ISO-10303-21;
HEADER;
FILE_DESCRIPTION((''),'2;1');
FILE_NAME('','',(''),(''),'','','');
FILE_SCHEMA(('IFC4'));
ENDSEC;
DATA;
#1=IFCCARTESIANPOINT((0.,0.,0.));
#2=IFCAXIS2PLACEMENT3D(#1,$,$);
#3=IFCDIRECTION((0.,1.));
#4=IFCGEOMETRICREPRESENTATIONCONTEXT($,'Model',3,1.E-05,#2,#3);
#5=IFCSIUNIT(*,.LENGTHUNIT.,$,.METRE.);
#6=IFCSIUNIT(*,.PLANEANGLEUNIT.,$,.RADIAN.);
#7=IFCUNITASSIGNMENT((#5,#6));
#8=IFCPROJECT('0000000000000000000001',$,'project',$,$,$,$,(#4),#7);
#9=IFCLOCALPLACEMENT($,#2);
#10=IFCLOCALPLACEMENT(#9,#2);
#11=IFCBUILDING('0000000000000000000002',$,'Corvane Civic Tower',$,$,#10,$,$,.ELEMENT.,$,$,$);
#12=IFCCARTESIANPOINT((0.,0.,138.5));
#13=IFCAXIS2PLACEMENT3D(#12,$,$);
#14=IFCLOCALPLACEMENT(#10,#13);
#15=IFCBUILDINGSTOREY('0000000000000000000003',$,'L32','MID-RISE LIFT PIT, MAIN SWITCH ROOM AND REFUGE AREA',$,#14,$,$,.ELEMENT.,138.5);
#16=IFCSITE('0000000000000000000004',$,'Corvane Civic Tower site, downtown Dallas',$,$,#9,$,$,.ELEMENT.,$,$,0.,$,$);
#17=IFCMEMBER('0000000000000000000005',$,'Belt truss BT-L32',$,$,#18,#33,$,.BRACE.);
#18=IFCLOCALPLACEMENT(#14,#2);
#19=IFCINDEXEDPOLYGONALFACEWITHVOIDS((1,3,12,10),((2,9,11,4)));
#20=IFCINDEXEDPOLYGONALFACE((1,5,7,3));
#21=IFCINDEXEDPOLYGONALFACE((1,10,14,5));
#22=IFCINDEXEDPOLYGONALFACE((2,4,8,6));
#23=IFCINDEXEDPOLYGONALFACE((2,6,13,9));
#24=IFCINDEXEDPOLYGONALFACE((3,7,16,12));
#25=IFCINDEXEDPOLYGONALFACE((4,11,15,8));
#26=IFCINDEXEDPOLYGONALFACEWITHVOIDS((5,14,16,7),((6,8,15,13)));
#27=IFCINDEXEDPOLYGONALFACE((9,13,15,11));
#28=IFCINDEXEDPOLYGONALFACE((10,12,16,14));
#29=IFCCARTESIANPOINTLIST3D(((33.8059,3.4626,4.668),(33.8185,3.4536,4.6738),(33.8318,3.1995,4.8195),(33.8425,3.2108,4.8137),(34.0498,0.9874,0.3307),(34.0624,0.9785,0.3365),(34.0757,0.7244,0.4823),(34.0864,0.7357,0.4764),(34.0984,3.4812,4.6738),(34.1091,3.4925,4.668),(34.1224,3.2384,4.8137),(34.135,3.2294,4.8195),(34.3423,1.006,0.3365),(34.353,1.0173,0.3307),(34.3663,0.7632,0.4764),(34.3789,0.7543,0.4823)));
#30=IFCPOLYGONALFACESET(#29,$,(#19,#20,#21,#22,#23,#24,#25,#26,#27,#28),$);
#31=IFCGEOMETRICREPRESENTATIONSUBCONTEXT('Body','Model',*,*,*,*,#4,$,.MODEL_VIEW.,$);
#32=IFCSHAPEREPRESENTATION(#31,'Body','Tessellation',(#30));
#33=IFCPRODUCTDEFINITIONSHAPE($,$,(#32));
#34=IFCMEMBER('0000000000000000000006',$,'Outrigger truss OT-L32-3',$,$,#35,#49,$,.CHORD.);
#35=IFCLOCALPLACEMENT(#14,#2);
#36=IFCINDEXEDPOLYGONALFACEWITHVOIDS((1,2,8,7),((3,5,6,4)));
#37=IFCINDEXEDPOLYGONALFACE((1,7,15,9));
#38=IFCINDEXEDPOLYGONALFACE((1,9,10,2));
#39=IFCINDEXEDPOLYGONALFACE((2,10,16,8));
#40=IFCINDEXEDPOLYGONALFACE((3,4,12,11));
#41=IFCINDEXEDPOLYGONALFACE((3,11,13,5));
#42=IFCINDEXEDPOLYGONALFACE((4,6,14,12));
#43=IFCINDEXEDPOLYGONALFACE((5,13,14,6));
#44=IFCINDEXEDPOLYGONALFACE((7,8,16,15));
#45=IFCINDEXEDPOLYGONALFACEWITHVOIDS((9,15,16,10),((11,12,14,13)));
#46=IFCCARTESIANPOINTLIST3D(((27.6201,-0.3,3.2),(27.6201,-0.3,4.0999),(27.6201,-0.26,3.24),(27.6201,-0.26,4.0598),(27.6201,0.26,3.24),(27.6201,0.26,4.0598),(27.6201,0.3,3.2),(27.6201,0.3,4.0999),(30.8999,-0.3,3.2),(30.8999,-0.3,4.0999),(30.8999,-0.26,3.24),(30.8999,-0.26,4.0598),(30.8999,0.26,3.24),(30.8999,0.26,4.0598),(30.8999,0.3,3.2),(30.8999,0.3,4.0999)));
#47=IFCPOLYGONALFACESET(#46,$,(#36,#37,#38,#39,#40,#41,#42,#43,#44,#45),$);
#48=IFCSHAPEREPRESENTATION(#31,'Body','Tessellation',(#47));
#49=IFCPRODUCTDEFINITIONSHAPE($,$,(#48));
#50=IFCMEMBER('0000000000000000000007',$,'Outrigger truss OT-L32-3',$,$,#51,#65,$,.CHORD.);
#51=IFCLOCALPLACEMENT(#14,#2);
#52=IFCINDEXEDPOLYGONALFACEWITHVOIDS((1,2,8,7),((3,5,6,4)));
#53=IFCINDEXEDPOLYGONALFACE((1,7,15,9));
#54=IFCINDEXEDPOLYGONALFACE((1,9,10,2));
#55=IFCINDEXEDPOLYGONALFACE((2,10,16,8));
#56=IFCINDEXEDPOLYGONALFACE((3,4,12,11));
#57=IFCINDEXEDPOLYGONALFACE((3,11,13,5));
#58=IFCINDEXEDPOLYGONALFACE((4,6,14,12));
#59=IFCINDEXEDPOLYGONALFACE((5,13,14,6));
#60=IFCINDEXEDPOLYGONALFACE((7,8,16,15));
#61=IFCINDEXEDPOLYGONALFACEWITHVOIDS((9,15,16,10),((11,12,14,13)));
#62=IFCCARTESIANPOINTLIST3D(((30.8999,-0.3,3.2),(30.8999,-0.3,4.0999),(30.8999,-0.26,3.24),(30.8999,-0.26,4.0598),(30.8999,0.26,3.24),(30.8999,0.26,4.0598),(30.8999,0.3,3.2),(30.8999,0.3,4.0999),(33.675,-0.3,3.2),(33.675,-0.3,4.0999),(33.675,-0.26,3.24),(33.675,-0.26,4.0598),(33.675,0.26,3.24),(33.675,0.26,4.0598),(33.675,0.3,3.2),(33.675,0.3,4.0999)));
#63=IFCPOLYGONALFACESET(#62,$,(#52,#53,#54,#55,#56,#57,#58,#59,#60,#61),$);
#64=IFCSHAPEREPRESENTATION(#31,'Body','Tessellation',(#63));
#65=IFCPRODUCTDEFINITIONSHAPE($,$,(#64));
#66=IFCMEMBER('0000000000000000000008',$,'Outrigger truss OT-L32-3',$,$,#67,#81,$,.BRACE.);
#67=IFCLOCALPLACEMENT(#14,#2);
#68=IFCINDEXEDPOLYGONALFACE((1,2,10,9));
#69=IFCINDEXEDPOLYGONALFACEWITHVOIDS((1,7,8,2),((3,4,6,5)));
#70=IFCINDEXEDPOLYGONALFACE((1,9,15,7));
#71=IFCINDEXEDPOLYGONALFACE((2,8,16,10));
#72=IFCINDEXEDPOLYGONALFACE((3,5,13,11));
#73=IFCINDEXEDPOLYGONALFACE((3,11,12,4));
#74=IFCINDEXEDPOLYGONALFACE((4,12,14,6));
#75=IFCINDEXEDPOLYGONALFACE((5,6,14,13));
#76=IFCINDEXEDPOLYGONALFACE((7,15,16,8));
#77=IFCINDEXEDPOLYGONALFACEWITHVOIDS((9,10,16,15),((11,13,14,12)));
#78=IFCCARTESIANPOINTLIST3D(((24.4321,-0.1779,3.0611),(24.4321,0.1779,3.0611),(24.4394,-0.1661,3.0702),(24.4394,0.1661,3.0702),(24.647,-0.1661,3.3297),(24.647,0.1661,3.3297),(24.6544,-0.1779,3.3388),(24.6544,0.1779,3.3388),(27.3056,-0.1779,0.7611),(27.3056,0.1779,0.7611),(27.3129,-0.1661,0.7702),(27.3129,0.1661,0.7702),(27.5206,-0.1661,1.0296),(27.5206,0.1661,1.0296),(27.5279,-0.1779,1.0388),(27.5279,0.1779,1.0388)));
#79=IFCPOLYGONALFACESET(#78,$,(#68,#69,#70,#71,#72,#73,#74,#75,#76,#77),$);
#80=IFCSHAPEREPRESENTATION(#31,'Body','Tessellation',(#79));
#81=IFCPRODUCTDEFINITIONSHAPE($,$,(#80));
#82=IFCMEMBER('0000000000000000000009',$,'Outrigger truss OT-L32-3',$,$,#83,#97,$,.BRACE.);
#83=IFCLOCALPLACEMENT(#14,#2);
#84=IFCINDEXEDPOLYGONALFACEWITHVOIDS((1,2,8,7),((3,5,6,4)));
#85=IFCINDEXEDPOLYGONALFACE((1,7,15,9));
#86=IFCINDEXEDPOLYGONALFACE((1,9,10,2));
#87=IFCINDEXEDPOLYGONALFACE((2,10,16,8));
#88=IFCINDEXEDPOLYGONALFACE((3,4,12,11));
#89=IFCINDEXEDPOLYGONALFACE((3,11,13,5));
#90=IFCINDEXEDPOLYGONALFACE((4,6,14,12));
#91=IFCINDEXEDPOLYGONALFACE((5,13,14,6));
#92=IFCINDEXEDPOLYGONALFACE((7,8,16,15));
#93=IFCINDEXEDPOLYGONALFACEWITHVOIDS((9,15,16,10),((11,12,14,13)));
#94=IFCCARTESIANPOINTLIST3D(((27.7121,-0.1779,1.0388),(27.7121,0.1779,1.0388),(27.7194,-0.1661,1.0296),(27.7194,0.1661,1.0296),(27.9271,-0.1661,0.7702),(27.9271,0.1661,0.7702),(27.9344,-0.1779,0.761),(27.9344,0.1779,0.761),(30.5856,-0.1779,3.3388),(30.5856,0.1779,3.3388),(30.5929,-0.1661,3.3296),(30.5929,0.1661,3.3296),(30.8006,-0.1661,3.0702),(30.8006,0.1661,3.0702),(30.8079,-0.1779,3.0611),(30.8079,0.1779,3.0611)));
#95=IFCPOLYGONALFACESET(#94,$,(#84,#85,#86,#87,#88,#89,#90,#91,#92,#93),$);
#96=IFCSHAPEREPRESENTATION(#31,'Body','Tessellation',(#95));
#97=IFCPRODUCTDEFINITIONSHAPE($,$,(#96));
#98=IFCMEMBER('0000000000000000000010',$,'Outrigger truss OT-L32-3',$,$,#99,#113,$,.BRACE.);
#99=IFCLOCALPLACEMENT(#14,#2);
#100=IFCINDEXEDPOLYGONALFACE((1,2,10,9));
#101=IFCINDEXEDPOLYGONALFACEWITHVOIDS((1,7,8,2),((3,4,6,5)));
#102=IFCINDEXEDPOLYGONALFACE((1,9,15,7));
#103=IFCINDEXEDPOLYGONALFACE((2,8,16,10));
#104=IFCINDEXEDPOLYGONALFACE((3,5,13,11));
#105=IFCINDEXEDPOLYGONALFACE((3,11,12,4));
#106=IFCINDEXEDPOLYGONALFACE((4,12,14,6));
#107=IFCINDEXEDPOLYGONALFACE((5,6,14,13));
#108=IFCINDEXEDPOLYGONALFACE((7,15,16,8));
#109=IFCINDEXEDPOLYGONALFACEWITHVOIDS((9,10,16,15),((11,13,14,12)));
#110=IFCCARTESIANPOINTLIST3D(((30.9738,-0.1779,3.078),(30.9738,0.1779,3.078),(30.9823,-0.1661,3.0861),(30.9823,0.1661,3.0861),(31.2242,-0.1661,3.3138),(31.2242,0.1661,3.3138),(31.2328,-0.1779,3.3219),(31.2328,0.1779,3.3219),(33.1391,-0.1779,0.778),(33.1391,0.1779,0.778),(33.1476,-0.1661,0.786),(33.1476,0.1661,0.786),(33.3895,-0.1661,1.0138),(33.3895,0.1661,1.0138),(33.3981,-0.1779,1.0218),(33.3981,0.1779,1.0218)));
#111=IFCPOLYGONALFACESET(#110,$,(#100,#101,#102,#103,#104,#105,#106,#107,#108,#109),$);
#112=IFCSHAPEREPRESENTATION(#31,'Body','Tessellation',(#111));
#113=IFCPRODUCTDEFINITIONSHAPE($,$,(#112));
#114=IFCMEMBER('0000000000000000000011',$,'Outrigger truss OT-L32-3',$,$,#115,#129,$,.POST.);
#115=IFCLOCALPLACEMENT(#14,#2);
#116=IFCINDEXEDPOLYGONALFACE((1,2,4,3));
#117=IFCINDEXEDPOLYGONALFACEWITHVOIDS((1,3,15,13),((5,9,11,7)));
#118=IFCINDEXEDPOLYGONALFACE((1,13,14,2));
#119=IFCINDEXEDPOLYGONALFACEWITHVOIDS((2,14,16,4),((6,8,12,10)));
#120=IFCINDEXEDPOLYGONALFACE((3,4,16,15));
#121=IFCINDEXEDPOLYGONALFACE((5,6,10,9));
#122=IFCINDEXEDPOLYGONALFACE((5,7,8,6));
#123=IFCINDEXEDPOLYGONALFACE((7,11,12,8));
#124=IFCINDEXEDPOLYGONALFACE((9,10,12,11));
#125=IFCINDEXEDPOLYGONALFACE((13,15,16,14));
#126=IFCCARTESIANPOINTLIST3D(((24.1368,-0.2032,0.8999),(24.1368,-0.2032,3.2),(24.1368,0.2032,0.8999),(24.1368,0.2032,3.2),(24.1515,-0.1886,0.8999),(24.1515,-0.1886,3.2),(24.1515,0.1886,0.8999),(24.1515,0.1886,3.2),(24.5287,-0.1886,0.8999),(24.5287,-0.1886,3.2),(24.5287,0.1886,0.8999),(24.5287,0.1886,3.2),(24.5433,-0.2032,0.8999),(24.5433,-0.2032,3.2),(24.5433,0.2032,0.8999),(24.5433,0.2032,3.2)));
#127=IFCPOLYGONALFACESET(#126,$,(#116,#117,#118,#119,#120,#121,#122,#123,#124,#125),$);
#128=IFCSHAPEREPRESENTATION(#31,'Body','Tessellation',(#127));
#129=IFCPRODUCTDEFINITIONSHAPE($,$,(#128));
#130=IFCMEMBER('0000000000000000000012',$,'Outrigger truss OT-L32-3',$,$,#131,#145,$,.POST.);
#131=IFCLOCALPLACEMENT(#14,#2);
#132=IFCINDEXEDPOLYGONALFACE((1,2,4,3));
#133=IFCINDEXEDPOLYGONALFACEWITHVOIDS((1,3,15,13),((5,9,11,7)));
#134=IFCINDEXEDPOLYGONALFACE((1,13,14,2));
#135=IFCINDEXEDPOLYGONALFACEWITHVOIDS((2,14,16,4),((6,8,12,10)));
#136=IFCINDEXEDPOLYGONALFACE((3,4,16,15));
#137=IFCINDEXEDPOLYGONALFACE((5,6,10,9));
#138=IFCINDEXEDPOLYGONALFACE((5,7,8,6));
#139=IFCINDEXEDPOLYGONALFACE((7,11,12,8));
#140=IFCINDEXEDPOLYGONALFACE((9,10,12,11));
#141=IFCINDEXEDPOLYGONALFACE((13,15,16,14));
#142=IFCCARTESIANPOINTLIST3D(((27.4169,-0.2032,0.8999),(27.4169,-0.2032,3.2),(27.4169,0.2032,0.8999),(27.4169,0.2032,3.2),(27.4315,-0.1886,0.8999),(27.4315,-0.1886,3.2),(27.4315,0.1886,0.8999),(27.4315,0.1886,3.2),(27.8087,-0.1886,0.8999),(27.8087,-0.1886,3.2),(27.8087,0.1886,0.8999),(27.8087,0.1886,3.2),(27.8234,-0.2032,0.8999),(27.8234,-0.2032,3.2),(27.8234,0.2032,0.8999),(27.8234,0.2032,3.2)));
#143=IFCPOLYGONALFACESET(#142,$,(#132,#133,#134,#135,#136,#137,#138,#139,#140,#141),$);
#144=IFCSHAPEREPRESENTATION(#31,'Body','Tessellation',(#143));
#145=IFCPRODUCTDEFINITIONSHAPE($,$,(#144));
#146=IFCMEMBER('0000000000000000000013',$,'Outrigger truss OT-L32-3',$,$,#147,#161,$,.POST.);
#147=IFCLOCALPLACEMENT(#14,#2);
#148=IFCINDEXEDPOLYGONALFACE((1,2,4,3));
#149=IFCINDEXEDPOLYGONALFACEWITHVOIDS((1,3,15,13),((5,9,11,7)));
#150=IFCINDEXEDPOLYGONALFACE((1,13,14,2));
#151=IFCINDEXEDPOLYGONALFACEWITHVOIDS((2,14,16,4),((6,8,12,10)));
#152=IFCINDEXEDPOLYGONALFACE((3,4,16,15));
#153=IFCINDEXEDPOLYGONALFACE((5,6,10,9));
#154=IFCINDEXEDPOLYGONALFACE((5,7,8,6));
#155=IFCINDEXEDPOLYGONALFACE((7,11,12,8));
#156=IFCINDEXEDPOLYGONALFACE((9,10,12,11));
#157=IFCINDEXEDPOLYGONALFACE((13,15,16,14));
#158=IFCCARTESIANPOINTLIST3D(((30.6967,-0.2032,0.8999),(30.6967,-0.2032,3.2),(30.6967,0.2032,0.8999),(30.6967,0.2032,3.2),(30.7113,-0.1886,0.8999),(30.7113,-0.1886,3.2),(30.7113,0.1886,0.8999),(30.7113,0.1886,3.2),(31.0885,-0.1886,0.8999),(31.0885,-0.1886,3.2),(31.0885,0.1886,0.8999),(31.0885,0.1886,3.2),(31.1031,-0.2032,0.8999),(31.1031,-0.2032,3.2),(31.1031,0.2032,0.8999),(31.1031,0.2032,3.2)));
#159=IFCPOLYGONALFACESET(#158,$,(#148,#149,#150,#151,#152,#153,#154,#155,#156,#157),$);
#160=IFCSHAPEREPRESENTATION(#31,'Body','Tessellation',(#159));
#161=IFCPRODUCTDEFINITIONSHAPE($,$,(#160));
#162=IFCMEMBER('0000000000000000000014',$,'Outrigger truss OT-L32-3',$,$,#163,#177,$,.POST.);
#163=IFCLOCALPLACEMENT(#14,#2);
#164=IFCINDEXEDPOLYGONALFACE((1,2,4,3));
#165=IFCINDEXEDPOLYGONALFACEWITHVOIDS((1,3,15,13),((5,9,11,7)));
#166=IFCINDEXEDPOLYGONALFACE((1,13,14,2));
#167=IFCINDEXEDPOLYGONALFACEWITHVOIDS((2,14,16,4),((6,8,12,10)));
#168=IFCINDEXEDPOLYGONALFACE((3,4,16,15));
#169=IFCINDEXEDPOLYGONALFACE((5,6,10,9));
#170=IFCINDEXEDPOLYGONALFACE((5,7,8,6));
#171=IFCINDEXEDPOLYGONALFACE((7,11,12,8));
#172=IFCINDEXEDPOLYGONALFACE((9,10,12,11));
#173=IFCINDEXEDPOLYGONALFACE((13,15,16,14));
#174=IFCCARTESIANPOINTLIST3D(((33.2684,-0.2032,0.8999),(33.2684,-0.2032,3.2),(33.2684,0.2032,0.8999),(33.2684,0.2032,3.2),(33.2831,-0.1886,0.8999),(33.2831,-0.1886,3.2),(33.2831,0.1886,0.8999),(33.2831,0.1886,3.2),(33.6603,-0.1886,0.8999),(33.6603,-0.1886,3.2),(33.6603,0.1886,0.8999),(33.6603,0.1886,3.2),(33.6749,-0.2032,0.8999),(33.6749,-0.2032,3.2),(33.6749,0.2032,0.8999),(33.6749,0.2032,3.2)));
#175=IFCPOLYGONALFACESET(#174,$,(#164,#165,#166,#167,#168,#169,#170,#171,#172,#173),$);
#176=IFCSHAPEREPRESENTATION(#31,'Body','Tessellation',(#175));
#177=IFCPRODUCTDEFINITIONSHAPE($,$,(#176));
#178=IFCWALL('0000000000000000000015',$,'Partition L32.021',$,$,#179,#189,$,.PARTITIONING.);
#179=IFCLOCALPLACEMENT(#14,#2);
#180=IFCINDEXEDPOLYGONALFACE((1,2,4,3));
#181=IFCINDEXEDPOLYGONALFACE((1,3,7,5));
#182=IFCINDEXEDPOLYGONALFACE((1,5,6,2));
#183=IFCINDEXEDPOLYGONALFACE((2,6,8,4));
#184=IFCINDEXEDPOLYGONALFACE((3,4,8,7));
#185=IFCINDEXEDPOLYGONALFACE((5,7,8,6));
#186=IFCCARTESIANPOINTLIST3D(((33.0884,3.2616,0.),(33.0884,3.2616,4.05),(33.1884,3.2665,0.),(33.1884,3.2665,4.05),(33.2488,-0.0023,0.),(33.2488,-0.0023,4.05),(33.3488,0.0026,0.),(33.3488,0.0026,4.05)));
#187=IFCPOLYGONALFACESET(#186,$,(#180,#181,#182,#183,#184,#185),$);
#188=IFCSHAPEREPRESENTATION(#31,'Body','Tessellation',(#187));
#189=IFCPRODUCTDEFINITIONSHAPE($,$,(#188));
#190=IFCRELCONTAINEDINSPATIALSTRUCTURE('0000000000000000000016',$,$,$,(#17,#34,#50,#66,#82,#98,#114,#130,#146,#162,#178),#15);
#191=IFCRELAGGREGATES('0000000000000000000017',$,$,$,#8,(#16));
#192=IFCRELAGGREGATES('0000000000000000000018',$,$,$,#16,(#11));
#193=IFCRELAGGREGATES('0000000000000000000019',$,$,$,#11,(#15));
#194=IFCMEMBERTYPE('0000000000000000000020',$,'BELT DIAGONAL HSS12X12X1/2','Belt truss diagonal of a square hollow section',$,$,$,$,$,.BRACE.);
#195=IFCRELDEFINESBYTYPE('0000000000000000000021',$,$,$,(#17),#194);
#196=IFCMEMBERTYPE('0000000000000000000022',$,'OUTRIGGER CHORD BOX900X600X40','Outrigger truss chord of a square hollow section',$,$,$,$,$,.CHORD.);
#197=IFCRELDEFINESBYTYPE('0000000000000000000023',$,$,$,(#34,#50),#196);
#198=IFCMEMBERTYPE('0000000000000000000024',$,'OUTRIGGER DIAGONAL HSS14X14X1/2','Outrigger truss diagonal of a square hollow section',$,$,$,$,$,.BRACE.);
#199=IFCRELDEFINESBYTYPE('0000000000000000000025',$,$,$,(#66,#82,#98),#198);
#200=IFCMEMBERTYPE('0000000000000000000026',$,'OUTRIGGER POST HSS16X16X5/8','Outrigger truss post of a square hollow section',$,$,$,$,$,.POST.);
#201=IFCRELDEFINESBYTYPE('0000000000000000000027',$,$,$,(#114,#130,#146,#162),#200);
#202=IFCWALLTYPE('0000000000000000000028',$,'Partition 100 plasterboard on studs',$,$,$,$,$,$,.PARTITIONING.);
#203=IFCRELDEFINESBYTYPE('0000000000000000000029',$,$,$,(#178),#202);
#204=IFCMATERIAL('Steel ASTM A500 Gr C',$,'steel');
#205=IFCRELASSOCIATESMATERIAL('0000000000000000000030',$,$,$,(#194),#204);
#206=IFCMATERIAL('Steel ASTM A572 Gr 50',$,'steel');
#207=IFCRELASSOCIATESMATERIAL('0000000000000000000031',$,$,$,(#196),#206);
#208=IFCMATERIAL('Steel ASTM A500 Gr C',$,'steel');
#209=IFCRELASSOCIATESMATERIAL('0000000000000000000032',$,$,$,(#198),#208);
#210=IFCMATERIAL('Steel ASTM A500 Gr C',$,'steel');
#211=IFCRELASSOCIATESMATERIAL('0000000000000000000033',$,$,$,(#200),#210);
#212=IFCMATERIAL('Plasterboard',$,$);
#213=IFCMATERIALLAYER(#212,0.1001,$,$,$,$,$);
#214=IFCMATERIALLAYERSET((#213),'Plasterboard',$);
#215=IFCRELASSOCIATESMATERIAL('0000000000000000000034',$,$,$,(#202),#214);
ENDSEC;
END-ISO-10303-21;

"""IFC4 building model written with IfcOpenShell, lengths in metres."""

from ifc_helpers import new_model, si_unit, direction, frame, frame_2d, origin, origin_2d, place, context, subcontext, project, spatial, rectangle, hollow_rectangle, extrude, material, layer, layer_set, material_profile, profile_set, type_object, element, save


model = new_model("IFC4")

# Units and contexts
model_context = context("Model", 3, precision=1e-05, world=origin(), true_north=direction((0.0, 1.0)))
body_context = subcontext(model_context, "Body", "Model", "MODEL_VIEW")
ifc_project = project(units=[si_unit("LENGTHUNIT", "METRE"), si_unit("PLANEANGLEUNIT", "RADIAN")], contexts=[model_context])

# Site, building, storey
site_placement = place(None, origin())
site = spatial("IfcSite", under=ifc_project, at=site_placement, Name="Corvane Civic Tower site, downtown Dallas", CompositionType="ELEMENT", RefElevation=0.0)
building_placement = place(site_placement, origin())
building = spatial("IfcBuilding", under=site, at=building_placement, Name="Corvane Civic Tower", CompositionType="ELEMENT")
storey_placement = place(building_placement, frame((0.0, 0.0, 138.5)))
storey = spatial("IfcBuildingStorey", under=building, at=storey_placement, Name="L32", Description="MID-RISE LIFT PIT, MAIN SWITCH ROOM AND REFUGE AREA", CompositionType="ELEMENT", Elevation=138.5)

# Members
ifc_material_1 = material(Name="Steel ASTM A500 Gr C", Category="steel")
ifc_material_profile_1 = material_profile(ifc_material_1, hollow_rectangle(XDim=0.3047, YDim=0.3047, WallThickness=0.0117, at=origin_2d()), Name="HSS12X12X1/2")
ifc_profile_set_1 = profile_set([ifc_material_profile_1], Name="Steel ASTM A500 Gr C")
member_type_1 = type_object("IfcMemberType", Name="BELT DIAGONAL HSS12X12X1/2", Description="Belt truss diagonal of a square hollow section", PredefinedType="BRACE", material=ifc_profile_set_1)
member_1_placement = place(storey_placement, frame((34.2144, 0.8708, 0.4065), z_axis=(-0.048783, 0.495054, 0.867492), x_axis=(-0.99518, -0.098065, 0.0)))
element("IfcMember", 1, at=member_1_placement, inside=storey, type_object=member_type_1, Name="Belt truss BT-L32", PredefinedType="BRACE", context=body_context, shape_type="SweptSolid", body=[
    extrude(hollow_rectangle(XDim=0.3047, YDim=0.3047, WallThickness=0.0117, at=origin_2d()), origin(), (0.0, 0.0, 1.0), 4.9998),
])
ifc_material_2 = material(Name="Steel ASTM A572 Gr 50", Category="steel")
ifc_material_profile_2 = material_profile(ifc_material_2, hollow_rectangle(XDim=0.6001, YDim=0.8999, WallThickness=0.04, at=origin_2d()), Name="BOX900X600X40")
ifc_profile_set_2 = profile_set([ifc_material_profile_2], Name="Steel ASTM A572 Gr 50")
member_type_2 = type_object("IfcMemberType", Name="OUTRIGGER CHORD BOX900X600X40", Description="Outrigger truss chord of a square hollow section", PredefinedType="CHORD", material=ifc_profile_set_2)
member_2_placement = place(storey_placement, frame((27.6201, 0.0, 3.6499), z_axis=(1.0, 0.0, 0.0), x_axis=(0.0, 1.0, 0.0)))
element("IfcMember", 2, at=member_2_placement, inside=storey, type_object=member_type_2, Name="Outrigger truss OT-L32-3", PredefinedType="CHORD", context=body_context, shape_type="SweptSolid", body=[
    extrude(hollow_rectangle(XDim=0.6001, YDim=0.8999, WallThickness=0.04, at=origin_2d()), origin(), (0.0, 0.0, 1.0), 3.2798),
])
member_3_placement = place(storey_placement, frame((30.8999, 0.0, 3.6499), z_axis=(1.0, 0.0, 0.0), x_axis=(0.0, 1.0, 0.0)))
element("IfcMember", 3, at=member_3_placement, inside=storey, type_object=member_type_2, Name="Outrigger truss OT-L32-3", PredefinedType="CHORD", context=body_context, shape_type="SweptSolid", body=[
    extrude(hollow_rectangle(XDim=0.6001, YDim=0.8999, WallThickness=0.04, at=origin_2d()), origin(), (0.0, 0.0, 1.0), 2.7751),
])
ifc_material_3 = material(Name="Steel ASTM A500 Gr C", Category="steel")
ifc_material_profile_3 = material_profile(ifc_material_3, hollow_rectangle(XDim=0.3557, YDim=0.3557, WallThickness=0.0117, at=origin_2d()), Name="HSS14X14X1/2")
ifc_profile_set_3 = profile_set([ifc_material_profile_3], Name="Steel ASTM A500 Gr C")
member_type_3 = type_object("IfcMemberType", Name="OUTRIGGER DIAGONAL HSS14X14X1/2", Description="Outrigger truss diagonal of a square hollow section", PredefinedType="BRACE", material=ifc_profile_set_3)
for number, where, z_axis, x_axis, name in (
    (4, (24.5432, 0.0, 3.2), (0.780707, 0.0, -0.624897), (0.0, 1.0, 0.0), "Outrigger truss OT-L32-3"),
    (5, (27.8232, 0.0, 0.8999), (0.780707, 0.0, 0.624897), (0.0, 1.0, 0.0), "Outrigger truss OT-L32-3"),
):
    element("IfcMember", number, at=place(storey_placement, frame(where, z_axis=z_axis, x_axis=x_axis)), inside=storey, type_object=member_type_3, Name=name, PredefinedType="BRACE", context=body_context, shape_type="SweptSolid", body=[
        extrude(hollow_rectangle(XDim=0.3557, YDim=0.3557, WallThickness=0.0117, at=origin_2d()), origin(), (0.0, 0.0, 1.0), 3.6807),
    ])
member_4_placement = place(storey_placement, frame((31.1033, 0.0, 3.2), z_axis=(0.685454, 0.0, -0.728116), x_axis=(0.0, 1.0, 0.0)))
element("IfcMember", 6, at=member_4_placement, inside=storey, type_object=member_type_3, Name="Outrigger truss OT-L32-3", PredefinedType="BRACE", context=body_context, shape_type="SweptSolid", body=[
    extrude(hollow_rectangle(XDim=0.3557, YDim=0.3557, WallThickness=0.0117, at=origin_2d()), origin(), (0.0, 0.0, 1.0), 3.1589),
])
ifc_material_4 = material(Name="Steel ASTM A500 Gr C", Category="steel")
ifc_material_profile_4 = material_profile(ifc_material_4, hollow_rectangle(XDim=0.4065, YDim=0.4065, WallThickness=0.0146, at=origin_2d()), Name="HSS16X16X5/8")
ifc_profile_set_4 = profile_set([ifc_material_profile_4], Name="Steel ASTM A500 Gr C")
member_type_4 = type_object("IfcMemberType", Name="OUTRIGGER POST HSS16X16X5/8", Description="Outrigger truss post of a square hollow section", PredefinedType="POST", material=ifc_profile_set_4)
for number, where, z_axis, x_axis, name in (
    (7, (24.3401, 0.0, 0.8999), (0.0, 0.0, 1.0), (1.0, 0.0, 0.0), "Outrigger truss OT-L32-3"),
    (8, (27.6201, 0.0, 0.8999), (0.0, 0.0, 1.0), (1.0, 0.0, 0.0), "Outrigger truss OT-L32-3"),
    (9, (30.8999, 0.0, 0.8999), (0.0, 0.0, 1.0), (1.0, 0.0, 0.0), "Outrigger truss OT-L32-3"),
    (10, (33.4717, 0.0, 0.8999), (0.0, 0.0, 1.0), (1.0, 0.0, 0.0), "Outrigger truss OT-L32-3"),
):
    element("IfcMember", number, at=place(storey_placement, frame(where, z_axis=z_axis, x_axis=x_axis)), inside=storey, type_object=member_type_4, Name=name, PredefinedType="POST", context=body_context, shape_type="SweptSolid", body=[
        extrude(hollow_rectangle(XDim=0.4065, YDim=0.4065, WallThickness=0.0146, at=origin_2d()), origin(), (0.0, 0.0, 1.0), 2.3),
    ])

# Wall
ifc_material_5 = material(Name="Plasterboard")
ifc_layer = layer(ifc_material_5, 0.1001)
ifc_layer_set = layer_set([ifc_layer], Name="Plasterboard")
wall_type = type_object("IfcWallType", Name="Partition 100 plasterboard on studs", PredefinedType="PARTITIONING", material=ifc_layer_set)
wall_placement = place(storey_placement, frame((33.1384, 3.2639, 0.0), z_axis=(0.0, 0.0, 1.0), x_axis=(0.049084, -0.998795, 0.0)))
element("IfcWall", 11, at=wall_placement, inside=storey, type_object=wall_type, Name="Partition L32.021", PredefinedType="PARTITIONING", context=body_context, shape_type="SweptSolid", body=[
    extrude(rectangle(XDim=3.2678, YDim=0.1001, at=frame_2d((1.6338, 0.0))), origin(), (0.0, 0.0, 1.0), 4.05),
])

save(model, "model.ifc")
